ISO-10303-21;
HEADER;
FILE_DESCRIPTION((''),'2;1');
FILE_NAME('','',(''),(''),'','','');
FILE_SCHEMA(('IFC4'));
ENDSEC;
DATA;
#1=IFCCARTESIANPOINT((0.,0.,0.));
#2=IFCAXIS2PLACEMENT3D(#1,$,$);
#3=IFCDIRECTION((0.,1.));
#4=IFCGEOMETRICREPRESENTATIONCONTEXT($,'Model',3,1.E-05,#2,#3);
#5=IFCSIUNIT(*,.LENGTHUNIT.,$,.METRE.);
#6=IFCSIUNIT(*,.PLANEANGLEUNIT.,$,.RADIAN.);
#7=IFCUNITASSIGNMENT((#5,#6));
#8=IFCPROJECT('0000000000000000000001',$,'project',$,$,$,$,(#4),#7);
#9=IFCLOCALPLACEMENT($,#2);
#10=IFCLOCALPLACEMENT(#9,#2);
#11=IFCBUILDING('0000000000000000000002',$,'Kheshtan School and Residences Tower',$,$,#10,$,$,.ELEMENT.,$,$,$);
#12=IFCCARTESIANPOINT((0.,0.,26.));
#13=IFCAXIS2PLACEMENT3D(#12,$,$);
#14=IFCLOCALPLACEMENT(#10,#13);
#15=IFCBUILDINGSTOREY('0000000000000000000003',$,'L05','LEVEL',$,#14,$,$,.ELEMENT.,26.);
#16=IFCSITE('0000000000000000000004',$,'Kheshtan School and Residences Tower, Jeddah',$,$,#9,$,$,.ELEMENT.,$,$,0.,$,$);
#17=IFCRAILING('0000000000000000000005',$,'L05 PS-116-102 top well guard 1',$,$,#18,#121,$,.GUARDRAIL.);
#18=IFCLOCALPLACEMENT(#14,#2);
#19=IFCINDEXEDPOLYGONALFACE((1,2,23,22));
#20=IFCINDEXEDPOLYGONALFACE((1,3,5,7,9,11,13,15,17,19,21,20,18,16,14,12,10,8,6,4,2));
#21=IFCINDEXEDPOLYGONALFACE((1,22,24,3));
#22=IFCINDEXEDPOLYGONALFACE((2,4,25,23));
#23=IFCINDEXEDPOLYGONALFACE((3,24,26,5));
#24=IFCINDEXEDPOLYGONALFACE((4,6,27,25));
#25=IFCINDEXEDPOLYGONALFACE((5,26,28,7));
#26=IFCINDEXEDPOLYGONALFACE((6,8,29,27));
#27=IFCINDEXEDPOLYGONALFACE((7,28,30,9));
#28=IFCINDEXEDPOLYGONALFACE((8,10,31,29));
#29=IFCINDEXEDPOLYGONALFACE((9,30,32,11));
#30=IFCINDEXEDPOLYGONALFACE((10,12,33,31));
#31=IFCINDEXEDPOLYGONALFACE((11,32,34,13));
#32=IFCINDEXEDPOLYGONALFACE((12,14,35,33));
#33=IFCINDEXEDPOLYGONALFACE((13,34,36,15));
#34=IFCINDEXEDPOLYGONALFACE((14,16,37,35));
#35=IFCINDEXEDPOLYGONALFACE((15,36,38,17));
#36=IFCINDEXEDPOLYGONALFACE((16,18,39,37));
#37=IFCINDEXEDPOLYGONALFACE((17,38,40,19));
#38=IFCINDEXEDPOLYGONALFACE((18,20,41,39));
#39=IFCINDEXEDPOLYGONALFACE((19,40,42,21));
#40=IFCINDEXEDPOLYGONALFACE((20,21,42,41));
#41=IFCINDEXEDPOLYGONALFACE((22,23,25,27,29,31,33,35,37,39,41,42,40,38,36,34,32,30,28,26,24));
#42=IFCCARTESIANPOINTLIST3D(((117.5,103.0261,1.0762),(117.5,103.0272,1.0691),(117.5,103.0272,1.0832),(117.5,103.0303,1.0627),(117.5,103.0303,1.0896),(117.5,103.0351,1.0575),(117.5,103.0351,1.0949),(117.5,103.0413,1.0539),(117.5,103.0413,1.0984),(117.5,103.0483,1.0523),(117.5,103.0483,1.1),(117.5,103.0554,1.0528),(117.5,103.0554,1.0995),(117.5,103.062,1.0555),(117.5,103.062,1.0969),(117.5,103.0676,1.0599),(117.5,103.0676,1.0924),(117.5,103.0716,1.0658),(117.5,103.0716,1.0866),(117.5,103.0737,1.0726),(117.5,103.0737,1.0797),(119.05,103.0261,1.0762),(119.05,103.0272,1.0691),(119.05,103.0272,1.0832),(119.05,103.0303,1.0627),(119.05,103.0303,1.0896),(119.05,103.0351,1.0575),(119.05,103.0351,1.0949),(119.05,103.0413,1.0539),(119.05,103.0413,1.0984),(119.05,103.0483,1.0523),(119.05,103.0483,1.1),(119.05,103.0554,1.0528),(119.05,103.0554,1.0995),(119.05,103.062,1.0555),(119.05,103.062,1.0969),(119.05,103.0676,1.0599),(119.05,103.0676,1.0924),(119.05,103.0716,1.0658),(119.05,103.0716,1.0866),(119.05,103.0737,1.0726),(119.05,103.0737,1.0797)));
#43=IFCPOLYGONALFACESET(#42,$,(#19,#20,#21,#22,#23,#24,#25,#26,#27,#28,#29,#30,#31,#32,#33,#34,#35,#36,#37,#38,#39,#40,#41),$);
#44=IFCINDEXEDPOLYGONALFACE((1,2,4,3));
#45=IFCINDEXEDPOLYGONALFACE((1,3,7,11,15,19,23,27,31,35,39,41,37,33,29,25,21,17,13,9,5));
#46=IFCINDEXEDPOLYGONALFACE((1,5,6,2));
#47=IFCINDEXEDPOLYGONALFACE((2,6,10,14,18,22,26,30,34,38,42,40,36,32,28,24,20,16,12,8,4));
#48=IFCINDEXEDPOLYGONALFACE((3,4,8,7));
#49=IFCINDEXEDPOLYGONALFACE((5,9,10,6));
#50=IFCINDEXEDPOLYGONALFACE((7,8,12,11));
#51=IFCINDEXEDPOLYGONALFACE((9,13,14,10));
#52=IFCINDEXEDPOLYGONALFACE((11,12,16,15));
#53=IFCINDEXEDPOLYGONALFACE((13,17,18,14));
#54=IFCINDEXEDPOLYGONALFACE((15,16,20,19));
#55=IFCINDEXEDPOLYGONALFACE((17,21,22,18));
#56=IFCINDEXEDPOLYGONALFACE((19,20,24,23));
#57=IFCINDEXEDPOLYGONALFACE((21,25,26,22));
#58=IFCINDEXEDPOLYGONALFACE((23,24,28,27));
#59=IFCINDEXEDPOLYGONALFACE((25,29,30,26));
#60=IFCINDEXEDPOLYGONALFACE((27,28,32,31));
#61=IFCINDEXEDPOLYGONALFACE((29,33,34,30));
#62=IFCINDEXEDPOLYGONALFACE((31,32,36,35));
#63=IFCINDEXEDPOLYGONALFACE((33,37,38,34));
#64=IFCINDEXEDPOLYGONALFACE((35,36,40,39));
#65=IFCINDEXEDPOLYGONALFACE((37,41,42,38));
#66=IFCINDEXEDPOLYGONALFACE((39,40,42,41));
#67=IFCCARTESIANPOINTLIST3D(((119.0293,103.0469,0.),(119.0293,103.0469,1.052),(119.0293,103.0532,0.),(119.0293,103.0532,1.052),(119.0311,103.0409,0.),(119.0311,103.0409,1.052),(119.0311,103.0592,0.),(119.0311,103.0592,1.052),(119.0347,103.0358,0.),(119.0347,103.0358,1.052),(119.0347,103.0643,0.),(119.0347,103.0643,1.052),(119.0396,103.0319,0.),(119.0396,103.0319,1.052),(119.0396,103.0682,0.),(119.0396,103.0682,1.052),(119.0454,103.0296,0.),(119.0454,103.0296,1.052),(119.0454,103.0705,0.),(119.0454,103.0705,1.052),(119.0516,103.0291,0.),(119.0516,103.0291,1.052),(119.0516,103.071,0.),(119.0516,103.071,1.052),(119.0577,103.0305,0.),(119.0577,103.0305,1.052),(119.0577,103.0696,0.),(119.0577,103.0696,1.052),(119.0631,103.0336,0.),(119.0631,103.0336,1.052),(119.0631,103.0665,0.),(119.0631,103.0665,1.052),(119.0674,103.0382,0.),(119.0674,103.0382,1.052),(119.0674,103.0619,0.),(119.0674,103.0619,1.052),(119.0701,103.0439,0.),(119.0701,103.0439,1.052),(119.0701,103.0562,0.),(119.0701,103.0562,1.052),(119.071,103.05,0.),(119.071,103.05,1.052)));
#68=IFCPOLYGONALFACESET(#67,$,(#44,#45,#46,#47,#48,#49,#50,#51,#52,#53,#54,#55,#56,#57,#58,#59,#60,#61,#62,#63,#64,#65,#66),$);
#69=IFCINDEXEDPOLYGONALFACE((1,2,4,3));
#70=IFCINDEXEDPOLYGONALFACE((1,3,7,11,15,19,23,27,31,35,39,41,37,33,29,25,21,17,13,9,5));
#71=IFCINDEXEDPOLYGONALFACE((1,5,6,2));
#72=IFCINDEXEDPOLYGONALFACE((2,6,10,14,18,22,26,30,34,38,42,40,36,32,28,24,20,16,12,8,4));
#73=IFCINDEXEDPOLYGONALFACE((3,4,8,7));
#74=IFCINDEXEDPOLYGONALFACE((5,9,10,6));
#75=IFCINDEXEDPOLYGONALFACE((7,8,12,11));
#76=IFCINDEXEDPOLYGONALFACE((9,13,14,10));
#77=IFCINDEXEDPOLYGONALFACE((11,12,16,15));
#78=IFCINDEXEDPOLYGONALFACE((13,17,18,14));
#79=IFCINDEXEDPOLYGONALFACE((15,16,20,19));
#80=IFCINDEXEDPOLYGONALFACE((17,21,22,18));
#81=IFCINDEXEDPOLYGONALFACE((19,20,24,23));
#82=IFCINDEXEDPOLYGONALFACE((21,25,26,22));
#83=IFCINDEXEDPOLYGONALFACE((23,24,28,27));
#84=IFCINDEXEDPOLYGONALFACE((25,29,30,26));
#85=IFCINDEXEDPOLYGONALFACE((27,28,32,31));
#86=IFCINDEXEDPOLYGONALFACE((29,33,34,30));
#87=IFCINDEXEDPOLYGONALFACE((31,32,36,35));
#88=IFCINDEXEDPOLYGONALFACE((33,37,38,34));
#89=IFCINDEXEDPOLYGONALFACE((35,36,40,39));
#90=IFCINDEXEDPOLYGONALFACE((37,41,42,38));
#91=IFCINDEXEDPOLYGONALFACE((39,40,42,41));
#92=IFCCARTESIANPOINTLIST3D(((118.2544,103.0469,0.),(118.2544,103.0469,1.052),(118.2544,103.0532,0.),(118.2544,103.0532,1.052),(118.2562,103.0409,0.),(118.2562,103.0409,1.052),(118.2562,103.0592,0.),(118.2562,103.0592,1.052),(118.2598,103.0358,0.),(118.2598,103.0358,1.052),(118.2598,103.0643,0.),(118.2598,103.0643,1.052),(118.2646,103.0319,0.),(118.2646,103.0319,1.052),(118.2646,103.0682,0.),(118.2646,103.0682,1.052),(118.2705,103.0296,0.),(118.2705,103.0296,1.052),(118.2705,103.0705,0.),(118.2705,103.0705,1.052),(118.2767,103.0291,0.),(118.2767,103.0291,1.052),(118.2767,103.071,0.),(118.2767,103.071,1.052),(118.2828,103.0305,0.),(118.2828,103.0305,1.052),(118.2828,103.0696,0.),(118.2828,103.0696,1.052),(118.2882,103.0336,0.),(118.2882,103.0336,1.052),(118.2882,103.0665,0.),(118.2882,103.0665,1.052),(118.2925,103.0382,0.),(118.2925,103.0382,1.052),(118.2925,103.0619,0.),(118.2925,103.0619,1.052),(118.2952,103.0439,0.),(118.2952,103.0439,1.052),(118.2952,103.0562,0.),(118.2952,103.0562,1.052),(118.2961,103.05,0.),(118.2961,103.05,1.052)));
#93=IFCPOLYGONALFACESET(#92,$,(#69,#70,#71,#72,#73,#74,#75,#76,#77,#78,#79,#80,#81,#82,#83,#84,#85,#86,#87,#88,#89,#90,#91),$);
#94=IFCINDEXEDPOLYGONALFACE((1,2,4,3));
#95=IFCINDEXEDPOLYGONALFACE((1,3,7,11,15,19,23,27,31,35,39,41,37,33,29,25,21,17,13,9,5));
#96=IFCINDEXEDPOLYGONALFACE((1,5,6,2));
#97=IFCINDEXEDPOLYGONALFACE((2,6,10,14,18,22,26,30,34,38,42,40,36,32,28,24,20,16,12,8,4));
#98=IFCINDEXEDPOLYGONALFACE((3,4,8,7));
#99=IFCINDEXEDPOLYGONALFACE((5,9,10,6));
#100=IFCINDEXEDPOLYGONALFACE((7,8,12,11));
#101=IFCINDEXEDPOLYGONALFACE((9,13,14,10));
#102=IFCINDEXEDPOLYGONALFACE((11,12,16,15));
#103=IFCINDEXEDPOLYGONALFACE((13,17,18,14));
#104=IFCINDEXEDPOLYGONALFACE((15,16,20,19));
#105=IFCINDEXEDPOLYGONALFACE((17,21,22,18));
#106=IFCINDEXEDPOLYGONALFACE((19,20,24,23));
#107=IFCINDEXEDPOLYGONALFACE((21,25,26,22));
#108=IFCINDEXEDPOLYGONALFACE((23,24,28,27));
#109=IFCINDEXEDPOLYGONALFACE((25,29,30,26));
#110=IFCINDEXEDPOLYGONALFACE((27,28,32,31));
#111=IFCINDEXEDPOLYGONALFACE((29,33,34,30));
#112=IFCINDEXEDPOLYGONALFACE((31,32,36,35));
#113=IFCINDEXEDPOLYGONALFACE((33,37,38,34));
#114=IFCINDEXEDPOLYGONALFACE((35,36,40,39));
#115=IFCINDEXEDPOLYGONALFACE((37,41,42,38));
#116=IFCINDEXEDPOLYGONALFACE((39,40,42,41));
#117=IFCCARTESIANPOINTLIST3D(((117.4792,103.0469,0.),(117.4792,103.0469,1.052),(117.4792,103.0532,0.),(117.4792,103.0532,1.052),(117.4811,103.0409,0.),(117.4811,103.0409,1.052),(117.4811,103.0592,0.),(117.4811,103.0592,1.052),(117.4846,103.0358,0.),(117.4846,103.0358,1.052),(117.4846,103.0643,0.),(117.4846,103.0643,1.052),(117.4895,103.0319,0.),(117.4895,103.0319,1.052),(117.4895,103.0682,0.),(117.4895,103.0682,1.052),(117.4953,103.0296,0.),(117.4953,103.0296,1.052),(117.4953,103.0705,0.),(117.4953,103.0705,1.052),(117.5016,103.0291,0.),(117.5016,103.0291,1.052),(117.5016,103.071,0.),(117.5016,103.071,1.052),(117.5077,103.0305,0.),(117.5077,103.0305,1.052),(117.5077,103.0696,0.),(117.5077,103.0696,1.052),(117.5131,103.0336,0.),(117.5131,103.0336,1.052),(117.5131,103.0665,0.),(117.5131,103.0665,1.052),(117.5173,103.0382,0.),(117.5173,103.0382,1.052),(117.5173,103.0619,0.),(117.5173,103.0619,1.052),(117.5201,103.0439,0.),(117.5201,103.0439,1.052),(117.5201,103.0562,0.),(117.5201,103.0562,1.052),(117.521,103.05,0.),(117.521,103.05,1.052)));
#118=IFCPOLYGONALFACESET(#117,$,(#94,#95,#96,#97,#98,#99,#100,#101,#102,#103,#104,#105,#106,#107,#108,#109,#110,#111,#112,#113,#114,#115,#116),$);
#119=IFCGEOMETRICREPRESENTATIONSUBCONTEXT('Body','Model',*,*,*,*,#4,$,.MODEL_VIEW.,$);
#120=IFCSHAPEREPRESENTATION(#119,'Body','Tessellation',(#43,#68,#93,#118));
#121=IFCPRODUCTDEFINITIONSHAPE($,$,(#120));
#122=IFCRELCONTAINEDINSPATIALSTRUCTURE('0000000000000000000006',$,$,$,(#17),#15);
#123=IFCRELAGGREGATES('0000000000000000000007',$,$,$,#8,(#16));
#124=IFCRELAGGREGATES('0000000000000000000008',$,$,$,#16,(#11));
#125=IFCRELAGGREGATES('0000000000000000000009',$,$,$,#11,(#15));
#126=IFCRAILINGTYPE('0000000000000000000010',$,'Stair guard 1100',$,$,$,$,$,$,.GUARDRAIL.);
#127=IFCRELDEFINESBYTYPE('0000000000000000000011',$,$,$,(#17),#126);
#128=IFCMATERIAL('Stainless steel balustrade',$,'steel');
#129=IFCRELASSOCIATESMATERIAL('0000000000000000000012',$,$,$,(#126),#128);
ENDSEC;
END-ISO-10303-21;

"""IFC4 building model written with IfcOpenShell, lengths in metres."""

from ifc_helpers import new_model, si_unit, direction, frame, origin, origin_2d, place, context, subcontext, project, spatial, circle, extrude, material, type_object, element, save


model = new_model("IFC4")

# Units and contexts
model_context = context("Model", 3, precision=1e-05, world=origin(), true_north=direction((0.0, 1.0)))
body_context = subcontext(model_context, "Body", "Model", "MODEL_VIEW")
ifc_project = project(units=[si_unit("LENGTHUNIT", "METRE"), si_unit("PLANEANGLEUNIT", "RADIAN")], contexts=[model_context])

# Site, building, storey
site_placement = place(None, origin())
site = spatial("IfcSite", under=ifc_project, at=site_placement, Name="Kheshtan School and Residences Tower, Jeddah", CompositionType="ELEMENT", RefElevation=0.0)
building_placement = place(site_placement, origin())
building = spatial("IfcBuilding", under=site, at=building_placement, Name="Kheshtan School and Residences Tower", CompositionType="ELEMENT")
storey_placement = place(building_placement, frame((0.0, 0.0, 26.0)))
storey = spatial("IfcBuildingStorey", under=building, at=storey_placement, Name="L05", Description="LEVEL", CompositionType="ELEMENT", Elevation=26.0)

# Railing
ifc_material_1 = material(Name="Stainless steel balustrade", Category="steel")
railing_type = type_object("IfcRailingType", Name="Stair guard 1100", PredefinedType="GUARDRAIL", material=ifc_material_1)
for number, where, name in (
    (1, (119.05, 103.05, 0.0), "L05 PS-116-102 top well guard 1"),
):
    element("IfcRailing", number, at=place(storey_placement, frame(where)), inside=storey, type_object=railing_type, Name=name, PredefinedType="GUARDRAIL", context=body_context, shape_type="SweptSolid", body=[
        extrude(circle(Radius=0.0239, at=origin_2d()), frame((0.0, 0.0, 1.0762), z_axis=(-1.0, 0.0, 0.0), x_axis=(0.0, -1.0, 0.0)), (0.0, 0.0, 1.0), 1.55),
        extrude(circle(Radius=0.021, at=origin_2d()), origin(), (0.0, 0.0, 1.0), 1.052),
        extrude(circle(Radius=0.021, at=origin_2d()), frame((-0.7749, 0.0, 0.0)), (0.0, 0.0, 1.0), 1.052),
        extrude(circle(Radius=0.021, at=origin_2d()), frame((-1.55, 0.0, 0.0)), (0.0, 0.0, 1.0), 1.052),
    ])

save(model, "model.ifc")
